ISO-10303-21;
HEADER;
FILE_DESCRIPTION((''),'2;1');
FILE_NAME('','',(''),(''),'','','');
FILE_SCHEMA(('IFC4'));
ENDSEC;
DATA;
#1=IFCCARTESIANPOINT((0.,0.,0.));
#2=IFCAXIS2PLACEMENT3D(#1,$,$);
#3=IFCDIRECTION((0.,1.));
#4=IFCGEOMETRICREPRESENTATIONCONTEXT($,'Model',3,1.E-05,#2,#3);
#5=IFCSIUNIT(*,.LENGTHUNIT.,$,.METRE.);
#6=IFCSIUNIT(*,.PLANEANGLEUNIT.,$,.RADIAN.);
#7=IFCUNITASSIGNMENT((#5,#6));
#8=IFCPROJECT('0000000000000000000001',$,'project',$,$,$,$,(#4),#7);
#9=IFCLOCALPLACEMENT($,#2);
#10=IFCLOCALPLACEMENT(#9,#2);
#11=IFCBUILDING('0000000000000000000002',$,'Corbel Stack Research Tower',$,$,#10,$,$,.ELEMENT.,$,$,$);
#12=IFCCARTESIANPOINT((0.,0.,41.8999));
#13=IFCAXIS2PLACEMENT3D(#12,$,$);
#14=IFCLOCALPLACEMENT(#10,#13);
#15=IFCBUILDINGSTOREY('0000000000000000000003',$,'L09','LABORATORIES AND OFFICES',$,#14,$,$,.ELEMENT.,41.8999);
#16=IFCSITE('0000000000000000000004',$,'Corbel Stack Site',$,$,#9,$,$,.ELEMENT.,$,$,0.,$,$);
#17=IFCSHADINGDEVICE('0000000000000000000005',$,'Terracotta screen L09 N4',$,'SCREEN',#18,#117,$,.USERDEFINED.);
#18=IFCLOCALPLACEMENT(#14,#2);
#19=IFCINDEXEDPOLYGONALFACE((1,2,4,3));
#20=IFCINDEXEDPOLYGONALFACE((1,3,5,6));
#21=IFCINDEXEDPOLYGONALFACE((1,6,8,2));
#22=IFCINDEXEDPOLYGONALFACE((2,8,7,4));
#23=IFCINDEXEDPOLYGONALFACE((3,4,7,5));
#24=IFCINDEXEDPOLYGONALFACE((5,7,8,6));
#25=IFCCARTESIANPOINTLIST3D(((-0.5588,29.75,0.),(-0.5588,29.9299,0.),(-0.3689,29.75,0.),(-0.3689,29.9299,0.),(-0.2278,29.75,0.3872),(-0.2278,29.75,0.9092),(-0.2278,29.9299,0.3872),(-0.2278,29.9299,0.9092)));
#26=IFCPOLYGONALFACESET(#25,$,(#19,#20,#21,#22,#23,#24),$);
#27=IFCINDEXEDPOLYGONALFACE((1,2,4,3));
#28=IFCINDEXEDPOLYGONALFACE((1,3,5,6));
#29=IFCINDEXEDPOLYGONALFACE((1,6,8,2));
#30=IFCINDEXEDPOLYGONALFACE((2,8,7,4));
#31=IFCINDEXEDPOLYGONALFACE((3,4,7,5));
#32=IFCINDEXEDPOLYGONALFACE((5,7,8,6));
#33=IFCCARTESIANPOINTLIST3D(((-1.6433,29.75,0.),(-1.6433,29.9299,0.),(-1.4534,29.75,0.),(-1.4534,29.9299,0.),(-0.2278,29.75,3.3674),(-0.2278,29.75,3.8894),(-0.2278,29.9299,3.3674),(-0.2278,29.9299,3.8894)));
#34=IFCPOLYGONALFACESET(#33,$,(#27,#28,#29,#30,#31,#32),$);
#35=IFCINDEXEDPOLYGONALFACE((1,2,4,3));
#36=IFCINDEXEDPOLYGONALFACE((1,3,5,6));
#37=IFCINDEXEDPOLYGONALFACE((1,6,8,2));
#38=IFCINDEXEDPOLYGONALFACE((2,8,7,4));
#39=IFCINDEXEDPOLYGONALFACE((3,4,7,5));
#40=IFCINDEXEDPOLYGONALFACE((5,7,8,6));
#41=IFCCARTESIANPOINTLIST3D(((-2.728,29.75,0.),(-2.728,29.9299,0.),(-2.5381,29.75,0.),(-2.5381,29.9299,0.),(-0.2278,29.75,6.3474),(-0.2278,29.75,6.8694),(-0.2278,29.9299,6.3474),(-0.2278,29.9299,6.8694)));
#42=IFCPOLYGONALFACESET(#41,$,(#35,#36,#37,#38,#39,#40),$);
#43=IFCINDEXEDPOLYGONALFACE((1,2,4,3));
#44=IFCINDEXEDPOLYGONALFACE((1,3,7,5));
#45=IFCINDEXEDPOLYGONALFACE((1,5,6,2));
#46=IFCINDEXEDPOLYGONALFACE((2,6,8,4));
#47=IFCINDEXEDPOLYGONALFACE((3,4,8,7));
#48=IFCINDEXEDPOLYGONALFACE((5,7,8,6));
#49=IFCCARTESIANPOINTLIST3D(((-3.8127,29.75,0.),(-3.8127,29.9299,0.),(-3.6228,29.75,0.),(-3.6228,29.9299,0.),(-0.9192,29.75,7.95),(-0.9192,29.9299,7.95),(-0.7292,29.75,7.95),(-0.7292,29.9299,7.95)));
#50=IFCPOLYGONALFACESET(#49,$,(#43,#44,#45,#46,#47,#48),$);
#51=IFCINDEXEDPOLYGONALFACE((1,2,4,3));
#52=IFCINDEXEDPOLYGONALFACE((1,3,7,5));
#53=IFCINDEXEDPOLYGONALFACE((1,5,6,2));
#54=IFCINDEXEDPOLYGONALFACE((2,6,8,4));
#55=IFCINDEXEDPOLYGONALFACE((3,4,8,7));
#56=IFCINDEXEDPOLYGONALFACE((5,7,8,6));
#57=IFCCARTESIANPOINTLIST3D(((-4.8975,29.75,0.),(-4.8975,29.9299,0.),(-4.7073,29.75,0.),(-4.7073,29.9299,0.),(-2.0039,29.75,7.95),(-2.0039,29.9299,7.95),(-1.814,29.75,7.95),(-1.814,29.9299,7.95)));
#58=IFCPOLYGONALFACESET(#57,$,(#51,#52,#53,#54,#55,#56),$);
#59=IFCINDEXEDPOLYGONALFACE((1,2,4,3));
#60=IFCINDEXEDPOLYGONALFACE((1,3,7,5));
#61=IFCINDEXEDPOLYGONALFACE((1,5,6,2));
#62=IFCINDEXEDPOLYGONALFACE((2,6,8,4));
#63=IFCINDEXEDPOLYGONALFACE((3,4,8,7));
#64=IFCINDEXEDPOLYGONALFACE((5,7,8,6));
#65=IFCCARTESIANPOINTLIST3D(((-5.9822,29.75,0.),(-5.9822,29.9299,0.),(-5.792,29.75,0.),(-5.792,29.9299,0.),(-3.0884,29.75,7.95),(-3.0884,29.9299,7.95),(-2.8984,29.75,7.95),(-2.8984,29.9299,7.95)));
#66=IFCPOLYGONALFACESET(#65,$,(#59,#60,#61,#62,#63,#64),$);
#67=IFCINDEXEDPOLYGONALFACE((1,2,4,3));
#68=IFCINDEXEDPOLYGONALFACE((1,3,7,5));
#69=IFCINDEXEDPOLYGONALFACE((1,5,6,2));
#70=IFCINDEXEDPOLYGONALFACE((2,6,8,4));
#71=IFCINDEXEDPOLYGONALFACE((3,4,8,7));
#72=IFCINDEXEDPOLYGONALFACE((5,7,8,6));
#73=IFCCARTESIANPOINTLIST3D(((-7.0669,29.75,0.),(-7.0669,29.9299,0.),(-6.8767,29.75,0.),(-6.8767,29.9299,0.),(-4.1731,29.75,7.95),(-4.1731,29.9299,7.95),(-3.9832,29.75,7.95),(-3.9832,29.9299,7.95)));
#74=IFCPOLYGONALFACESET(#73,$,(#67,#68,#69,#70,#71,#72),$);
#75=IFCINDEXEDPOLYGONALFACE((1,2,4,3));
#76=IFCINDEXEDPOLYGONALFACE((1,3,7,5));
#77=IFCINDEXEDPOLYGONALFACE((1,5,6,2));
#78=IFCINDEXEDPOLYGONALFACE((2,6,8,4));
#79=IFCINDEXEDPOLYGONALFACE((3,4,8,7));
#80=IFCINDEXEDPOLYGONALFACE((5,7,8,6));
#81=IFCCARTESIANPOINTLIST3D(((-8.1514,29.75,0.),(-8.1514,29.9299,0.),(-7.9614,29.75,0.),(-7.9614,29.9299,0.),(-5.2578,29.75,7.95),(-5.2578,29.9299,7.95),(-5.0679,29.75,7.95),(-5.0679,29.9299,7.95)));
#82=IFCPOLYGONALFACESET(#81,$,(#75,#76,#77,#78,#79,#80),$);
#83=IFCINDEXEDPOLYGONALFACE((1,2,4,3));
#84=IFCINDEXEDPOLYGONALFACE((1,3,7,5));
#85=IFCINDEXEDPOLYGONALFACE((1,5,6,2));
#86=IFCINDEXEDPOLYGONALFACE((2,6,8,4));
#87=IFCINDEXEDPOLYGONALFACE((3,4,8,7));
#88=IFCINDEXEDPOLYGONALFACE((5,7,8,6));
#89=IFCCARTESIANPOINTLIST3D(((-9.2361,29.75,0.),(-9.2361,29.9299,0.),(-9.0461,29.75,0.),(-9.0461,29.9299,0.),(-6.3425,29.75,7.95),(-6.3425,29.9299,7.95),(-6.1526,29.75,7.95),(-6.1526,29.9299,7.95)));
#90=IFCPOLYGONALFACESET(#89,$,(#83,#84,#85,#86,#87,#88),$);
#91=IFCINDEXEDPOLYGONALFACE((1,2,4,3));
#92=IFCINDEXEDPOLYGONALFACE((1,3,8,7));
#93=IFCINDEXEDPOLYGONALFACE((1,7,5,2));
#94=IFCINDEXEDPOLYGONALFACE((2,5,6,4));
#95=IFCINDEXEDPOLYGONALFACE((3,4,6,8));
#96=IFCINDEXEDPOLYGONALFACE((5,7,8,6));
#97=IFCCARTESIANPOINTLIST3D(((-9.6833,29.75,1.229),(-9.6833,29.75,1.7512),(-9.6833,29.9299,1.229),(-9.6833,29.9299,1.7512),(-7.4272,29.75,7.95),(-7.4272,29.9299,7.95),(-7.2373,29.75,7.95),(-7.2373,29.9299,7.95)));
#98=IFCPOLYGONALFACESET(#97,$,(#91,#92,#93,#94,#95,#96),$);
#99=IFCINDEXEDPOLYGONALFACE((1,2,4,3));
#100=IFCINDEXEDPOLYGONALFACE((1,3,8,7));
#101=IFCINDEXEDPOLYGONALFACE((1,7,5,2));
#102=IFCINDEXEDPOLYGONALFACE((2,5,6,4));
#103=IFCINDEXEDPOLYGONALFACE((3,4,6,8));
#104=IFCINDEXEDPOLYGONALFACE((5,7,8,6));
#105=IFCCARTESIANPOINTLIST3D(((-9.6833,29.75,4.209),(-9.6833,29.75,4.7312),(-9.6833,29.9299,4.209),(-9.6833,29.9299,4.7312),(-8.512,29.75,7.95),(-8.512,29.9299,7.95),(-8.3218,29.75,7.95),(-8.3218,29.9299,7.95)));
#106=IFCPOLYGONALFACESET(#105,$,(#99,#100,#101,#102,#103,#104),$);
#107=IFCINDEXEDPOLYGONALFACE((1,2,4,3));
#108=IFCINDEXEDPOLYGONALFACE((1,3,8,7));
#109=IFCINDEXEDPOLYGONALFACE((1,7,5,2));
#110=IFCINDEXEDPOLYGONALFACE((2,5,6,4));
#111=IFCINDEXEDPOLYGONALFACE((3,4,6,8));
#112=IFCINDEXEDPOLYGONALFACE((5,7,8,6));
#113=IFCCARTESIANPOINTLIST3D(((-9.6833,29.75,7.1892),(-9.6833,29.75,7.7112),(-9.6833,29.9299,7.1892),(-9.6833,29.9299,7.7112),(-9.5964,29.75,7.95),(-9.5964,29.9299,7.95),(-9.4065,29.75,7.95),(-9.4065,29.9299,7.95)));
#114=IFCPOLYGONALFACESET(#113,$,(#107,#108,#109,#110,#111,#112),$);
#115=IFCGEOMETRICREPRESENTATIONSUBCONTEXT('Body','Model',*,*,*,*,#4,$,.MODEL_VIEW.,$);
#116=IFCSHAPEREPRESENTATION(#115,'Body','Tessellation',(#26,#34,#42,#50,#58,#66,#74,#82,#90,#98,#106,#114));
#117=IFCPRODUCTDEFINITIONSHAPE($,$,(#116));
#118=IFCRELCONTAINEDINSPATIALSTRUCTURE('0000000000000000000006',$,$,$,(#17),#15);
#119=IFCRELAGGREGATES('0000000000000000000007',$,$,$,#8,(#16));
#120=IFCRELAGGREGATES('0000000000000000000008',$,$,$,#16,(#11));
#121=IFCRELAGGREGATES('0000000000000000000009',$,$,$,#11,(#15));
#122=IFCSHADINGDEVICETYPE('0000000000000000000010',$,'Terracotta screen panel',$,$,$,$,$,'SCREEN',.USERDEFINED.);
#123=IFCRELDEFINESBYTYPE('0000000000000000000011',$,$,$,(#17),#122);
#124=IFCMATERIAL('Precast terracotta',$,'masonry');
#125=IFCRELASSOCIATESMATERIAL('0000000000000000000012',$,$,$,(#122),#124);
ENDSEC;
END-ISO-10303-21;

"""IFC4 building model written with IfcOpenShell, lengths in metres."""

from ifc_helpers import new_model, si_unit, direction, frame, origin, place, context, subcontext, project, spatial, polyline, outline, extrude, source, transform, mapped, material, type_object, element, save


model = new_model("IFC4")

# Units and contexts
model_context = context("Model", 3, precision=1e-05, world=origin(), true_north=direction((0.0, 1.0)))
body_context = subcontext(model_context, "Body", "Model", "MODEL_VIEW")
ifc_project = project(units=[si_unit("LENGTHUNIT", "METRE"), si_unit("PLANEANGLEUNIT", "RADIAN")], contexts=[model_context])

# Site, building, storey
site_placement = place(None, origin())
site = spatial("IfcSite", under=ifc_project, at=site_placement, Name="Corbel Stack Site", CompositionType="ELEMENT", RefElevation=0.0)
building_placement = place(site_placement, origin())
building = spatial("IfcBuilding", under=site, at=building_placement, Name="Corbel Stack Research Tower", CompositionType="ELEMENT")
storey_placement = place(building_placement, frame((0.0, 0.0, 41.8999)))
storey = spatial("IfcBuildingStorey", under=building, at=storey_placement, Name="L09", Description="LABORATORIES AND OFFICES", CompositionType="ELEMENT", Elevation=41.8999)

# Shading device
ifc_material_1 = material(Name="Precast terracotta", Category="masonry")
shading_device_type = type_object("IfcShadingDeviceType", Name="Terracotta screen panel", ElementType="SCREEN", PredefinedType="USERDEFINED", material=ifc_material_1)
shared_shape_1 = source(origin(), body_context, "Body", "SweptSolid", [
    extrude(outline(polyline([(0.3311, 0.0), (0.0, 0.9092), (0.0, 0.3872), (0.1411, 0.0), (0.3311, 0.0)])), frame((0.0, 0.0, 0.0), z_axis=(0.0, -1.0, 0.0), x_axis=(1.0, 0.0, 0.0)), (0.0, 0.0, 1.0), 0.1799),
    extrude(outline(polyline([(1.4155, 0.0), (0.0, 3.8894), (0.0, 3.3674), (1.2256, 0.0), (1.4155, 0.0)])), frame((0.0, 0.0, 0.0), z_axis=(0.0, -1.0, 0.0), x_axis=(1.0, 0.0, 0.0)), (0.0, 0.0, 1.0), 0.1799),
    extrude(outline(polyline([(2.5002, 0.0), (0.0, 6.8694), (0.0, 6.3474), (2.3103, 0.0), (2.5002, 0.0)])), frame((0.0, 0.0, 0.0), z_axis=(0.0, -1.0, 0.0), x_axis=(1.0, 0.0, 0.0)), (0.0, 0.0, 1.0), 0.1799),
    extrude(outline(polyline([(3.585, 0.0), (0.6914, 7.95), (0.5015, 7.95), (3.395, 0.0), (3.585, 0.0)])), frame((0.0, 0.0, 0.0), z_axis=(0.0, -1.0, 0.0), x_axis=(1.0, 0.0, 0.0)), (0.0, 0.0, 1.0), 0.1799),
    extrude(outline(polyline([(4.6697, 0.0), (1.7761, 7.95), (1.5862, 7.95), (4.4795, 0.0), (4.6697, 0.0)])), frame((0.0, 0.0, 0.0), z_axis=(0.0, -1.0, 0.0), x_axis=(1.0, 0.0, 0.0)), (0.0, 0.0, 1.0), 0.1799),
    extrude(outline(polyline([(5.7544, 0.0), (2.8606, 7.95), (2.6707, 7.95), (5.5642, 0.0), (5.7544, 0.0)])), frame((0.0, 0.0, 0.0), z_axis=(0.0, -1.0, 0.0), x_axis=(1.0, 0.0, 0.0)), (0.0, 0.0, 1.0), 0.1799),
    extrude(outline(polyline([(6.8391, 0.0), (3.9453, 7.95), (3.7554, 7.95), (6.6489, 0.0), (6.8391, 0.0)])), frame((0.0, 0.0, 0.0), z_axis=(0.0, -1.0, 0.0), x_axis=(1.0, 0.0, 0.0)), (0.0, 0.0, 1.0), 0.1799),
    extrude(outline(polyline([(7.9236, 0.0), (5.03, 7.95), (4.8401, 7.95), (7.7336, 0.0), (7.9236, 0.0)])), frame((0.0, 0.0, 0.0), z_axis=(0.0, -1.0, 0.0), x_axis=(1.0, 0.0, 0.0)), (0.0, 0.0, 1.0), 0.1799),
    extrude(outline(polyline([(9.0083, 0.0), (6.1147, 7.95), (5.9248, 7.95), (8.8184, 0.0), (9.0083, 0.0)])), frame((0.0, 0.0, 0.0), z_axis=(0.0, -1.0, 0.0), x_axis=(1.0, 0.0, 0.0)), (0.0, 0.0, 1.0), 0.1799),
    extrude(outline(polyline([(7.1995, 7.95), (7.0095, 7.95), (9.4556, 1.229), (9.4556, 1.7512), (7.1995, 7.95)])), frame((0.0, 0.0, 0.0), z_axis=(0.0, -1.0, 0.0), x_axis=(1.0, 0.0, 0.0)), (0.0, 0.0, 1.0), 0.1799),
    extrude(outline(polyline([(8.2842, 7.95), (8.094, 7.95), (9.4556, 4.209), (9.4556, 4.7312), (8.2842, 7.95)])), frame((0.0, 0.0, 0.0), z_axis=(0.0, -1.0, 0.0), x_axis=(1.0, 0.0, 0.0)), (0.0, 0.0, 1.0), 0.1799),
    extrude(outline(polyline([(9.3687, 7.95), (9.1787, 7.95), (9.4556, 7.1892), (9.4556, 7.7112), (9.3687, 7.95)])), frame((0.0, 0.0, 0.0), z_axis=(0.0, -1.0, 0.0), x_axis=(1.0, 0.0, 0.0)), (0.0, 0.0, 1.0), 0.1799),
])
shading_device_1_placement = place(storey_placement, frame((-0.2278, 29.75, 0.0), z_axis=(0.0, 0.0, 1.0), x_axis=(-1.0, 0.0, 0.0)))
element("IfcShadingDevice", 1, at=shading_device_1_placement, inside=storey, type_object=shading_device_type, Name="Terracotta screen L09 N4", ObjectType="SCREEN", PredefinedType="USERDEFINED", context=body_context, shape_type="MappedRepresentation", body=[
    mapped(shared_shape_1, transform((0.0, 0.0, 0.0))),
])

save(model, "model.ifc")
